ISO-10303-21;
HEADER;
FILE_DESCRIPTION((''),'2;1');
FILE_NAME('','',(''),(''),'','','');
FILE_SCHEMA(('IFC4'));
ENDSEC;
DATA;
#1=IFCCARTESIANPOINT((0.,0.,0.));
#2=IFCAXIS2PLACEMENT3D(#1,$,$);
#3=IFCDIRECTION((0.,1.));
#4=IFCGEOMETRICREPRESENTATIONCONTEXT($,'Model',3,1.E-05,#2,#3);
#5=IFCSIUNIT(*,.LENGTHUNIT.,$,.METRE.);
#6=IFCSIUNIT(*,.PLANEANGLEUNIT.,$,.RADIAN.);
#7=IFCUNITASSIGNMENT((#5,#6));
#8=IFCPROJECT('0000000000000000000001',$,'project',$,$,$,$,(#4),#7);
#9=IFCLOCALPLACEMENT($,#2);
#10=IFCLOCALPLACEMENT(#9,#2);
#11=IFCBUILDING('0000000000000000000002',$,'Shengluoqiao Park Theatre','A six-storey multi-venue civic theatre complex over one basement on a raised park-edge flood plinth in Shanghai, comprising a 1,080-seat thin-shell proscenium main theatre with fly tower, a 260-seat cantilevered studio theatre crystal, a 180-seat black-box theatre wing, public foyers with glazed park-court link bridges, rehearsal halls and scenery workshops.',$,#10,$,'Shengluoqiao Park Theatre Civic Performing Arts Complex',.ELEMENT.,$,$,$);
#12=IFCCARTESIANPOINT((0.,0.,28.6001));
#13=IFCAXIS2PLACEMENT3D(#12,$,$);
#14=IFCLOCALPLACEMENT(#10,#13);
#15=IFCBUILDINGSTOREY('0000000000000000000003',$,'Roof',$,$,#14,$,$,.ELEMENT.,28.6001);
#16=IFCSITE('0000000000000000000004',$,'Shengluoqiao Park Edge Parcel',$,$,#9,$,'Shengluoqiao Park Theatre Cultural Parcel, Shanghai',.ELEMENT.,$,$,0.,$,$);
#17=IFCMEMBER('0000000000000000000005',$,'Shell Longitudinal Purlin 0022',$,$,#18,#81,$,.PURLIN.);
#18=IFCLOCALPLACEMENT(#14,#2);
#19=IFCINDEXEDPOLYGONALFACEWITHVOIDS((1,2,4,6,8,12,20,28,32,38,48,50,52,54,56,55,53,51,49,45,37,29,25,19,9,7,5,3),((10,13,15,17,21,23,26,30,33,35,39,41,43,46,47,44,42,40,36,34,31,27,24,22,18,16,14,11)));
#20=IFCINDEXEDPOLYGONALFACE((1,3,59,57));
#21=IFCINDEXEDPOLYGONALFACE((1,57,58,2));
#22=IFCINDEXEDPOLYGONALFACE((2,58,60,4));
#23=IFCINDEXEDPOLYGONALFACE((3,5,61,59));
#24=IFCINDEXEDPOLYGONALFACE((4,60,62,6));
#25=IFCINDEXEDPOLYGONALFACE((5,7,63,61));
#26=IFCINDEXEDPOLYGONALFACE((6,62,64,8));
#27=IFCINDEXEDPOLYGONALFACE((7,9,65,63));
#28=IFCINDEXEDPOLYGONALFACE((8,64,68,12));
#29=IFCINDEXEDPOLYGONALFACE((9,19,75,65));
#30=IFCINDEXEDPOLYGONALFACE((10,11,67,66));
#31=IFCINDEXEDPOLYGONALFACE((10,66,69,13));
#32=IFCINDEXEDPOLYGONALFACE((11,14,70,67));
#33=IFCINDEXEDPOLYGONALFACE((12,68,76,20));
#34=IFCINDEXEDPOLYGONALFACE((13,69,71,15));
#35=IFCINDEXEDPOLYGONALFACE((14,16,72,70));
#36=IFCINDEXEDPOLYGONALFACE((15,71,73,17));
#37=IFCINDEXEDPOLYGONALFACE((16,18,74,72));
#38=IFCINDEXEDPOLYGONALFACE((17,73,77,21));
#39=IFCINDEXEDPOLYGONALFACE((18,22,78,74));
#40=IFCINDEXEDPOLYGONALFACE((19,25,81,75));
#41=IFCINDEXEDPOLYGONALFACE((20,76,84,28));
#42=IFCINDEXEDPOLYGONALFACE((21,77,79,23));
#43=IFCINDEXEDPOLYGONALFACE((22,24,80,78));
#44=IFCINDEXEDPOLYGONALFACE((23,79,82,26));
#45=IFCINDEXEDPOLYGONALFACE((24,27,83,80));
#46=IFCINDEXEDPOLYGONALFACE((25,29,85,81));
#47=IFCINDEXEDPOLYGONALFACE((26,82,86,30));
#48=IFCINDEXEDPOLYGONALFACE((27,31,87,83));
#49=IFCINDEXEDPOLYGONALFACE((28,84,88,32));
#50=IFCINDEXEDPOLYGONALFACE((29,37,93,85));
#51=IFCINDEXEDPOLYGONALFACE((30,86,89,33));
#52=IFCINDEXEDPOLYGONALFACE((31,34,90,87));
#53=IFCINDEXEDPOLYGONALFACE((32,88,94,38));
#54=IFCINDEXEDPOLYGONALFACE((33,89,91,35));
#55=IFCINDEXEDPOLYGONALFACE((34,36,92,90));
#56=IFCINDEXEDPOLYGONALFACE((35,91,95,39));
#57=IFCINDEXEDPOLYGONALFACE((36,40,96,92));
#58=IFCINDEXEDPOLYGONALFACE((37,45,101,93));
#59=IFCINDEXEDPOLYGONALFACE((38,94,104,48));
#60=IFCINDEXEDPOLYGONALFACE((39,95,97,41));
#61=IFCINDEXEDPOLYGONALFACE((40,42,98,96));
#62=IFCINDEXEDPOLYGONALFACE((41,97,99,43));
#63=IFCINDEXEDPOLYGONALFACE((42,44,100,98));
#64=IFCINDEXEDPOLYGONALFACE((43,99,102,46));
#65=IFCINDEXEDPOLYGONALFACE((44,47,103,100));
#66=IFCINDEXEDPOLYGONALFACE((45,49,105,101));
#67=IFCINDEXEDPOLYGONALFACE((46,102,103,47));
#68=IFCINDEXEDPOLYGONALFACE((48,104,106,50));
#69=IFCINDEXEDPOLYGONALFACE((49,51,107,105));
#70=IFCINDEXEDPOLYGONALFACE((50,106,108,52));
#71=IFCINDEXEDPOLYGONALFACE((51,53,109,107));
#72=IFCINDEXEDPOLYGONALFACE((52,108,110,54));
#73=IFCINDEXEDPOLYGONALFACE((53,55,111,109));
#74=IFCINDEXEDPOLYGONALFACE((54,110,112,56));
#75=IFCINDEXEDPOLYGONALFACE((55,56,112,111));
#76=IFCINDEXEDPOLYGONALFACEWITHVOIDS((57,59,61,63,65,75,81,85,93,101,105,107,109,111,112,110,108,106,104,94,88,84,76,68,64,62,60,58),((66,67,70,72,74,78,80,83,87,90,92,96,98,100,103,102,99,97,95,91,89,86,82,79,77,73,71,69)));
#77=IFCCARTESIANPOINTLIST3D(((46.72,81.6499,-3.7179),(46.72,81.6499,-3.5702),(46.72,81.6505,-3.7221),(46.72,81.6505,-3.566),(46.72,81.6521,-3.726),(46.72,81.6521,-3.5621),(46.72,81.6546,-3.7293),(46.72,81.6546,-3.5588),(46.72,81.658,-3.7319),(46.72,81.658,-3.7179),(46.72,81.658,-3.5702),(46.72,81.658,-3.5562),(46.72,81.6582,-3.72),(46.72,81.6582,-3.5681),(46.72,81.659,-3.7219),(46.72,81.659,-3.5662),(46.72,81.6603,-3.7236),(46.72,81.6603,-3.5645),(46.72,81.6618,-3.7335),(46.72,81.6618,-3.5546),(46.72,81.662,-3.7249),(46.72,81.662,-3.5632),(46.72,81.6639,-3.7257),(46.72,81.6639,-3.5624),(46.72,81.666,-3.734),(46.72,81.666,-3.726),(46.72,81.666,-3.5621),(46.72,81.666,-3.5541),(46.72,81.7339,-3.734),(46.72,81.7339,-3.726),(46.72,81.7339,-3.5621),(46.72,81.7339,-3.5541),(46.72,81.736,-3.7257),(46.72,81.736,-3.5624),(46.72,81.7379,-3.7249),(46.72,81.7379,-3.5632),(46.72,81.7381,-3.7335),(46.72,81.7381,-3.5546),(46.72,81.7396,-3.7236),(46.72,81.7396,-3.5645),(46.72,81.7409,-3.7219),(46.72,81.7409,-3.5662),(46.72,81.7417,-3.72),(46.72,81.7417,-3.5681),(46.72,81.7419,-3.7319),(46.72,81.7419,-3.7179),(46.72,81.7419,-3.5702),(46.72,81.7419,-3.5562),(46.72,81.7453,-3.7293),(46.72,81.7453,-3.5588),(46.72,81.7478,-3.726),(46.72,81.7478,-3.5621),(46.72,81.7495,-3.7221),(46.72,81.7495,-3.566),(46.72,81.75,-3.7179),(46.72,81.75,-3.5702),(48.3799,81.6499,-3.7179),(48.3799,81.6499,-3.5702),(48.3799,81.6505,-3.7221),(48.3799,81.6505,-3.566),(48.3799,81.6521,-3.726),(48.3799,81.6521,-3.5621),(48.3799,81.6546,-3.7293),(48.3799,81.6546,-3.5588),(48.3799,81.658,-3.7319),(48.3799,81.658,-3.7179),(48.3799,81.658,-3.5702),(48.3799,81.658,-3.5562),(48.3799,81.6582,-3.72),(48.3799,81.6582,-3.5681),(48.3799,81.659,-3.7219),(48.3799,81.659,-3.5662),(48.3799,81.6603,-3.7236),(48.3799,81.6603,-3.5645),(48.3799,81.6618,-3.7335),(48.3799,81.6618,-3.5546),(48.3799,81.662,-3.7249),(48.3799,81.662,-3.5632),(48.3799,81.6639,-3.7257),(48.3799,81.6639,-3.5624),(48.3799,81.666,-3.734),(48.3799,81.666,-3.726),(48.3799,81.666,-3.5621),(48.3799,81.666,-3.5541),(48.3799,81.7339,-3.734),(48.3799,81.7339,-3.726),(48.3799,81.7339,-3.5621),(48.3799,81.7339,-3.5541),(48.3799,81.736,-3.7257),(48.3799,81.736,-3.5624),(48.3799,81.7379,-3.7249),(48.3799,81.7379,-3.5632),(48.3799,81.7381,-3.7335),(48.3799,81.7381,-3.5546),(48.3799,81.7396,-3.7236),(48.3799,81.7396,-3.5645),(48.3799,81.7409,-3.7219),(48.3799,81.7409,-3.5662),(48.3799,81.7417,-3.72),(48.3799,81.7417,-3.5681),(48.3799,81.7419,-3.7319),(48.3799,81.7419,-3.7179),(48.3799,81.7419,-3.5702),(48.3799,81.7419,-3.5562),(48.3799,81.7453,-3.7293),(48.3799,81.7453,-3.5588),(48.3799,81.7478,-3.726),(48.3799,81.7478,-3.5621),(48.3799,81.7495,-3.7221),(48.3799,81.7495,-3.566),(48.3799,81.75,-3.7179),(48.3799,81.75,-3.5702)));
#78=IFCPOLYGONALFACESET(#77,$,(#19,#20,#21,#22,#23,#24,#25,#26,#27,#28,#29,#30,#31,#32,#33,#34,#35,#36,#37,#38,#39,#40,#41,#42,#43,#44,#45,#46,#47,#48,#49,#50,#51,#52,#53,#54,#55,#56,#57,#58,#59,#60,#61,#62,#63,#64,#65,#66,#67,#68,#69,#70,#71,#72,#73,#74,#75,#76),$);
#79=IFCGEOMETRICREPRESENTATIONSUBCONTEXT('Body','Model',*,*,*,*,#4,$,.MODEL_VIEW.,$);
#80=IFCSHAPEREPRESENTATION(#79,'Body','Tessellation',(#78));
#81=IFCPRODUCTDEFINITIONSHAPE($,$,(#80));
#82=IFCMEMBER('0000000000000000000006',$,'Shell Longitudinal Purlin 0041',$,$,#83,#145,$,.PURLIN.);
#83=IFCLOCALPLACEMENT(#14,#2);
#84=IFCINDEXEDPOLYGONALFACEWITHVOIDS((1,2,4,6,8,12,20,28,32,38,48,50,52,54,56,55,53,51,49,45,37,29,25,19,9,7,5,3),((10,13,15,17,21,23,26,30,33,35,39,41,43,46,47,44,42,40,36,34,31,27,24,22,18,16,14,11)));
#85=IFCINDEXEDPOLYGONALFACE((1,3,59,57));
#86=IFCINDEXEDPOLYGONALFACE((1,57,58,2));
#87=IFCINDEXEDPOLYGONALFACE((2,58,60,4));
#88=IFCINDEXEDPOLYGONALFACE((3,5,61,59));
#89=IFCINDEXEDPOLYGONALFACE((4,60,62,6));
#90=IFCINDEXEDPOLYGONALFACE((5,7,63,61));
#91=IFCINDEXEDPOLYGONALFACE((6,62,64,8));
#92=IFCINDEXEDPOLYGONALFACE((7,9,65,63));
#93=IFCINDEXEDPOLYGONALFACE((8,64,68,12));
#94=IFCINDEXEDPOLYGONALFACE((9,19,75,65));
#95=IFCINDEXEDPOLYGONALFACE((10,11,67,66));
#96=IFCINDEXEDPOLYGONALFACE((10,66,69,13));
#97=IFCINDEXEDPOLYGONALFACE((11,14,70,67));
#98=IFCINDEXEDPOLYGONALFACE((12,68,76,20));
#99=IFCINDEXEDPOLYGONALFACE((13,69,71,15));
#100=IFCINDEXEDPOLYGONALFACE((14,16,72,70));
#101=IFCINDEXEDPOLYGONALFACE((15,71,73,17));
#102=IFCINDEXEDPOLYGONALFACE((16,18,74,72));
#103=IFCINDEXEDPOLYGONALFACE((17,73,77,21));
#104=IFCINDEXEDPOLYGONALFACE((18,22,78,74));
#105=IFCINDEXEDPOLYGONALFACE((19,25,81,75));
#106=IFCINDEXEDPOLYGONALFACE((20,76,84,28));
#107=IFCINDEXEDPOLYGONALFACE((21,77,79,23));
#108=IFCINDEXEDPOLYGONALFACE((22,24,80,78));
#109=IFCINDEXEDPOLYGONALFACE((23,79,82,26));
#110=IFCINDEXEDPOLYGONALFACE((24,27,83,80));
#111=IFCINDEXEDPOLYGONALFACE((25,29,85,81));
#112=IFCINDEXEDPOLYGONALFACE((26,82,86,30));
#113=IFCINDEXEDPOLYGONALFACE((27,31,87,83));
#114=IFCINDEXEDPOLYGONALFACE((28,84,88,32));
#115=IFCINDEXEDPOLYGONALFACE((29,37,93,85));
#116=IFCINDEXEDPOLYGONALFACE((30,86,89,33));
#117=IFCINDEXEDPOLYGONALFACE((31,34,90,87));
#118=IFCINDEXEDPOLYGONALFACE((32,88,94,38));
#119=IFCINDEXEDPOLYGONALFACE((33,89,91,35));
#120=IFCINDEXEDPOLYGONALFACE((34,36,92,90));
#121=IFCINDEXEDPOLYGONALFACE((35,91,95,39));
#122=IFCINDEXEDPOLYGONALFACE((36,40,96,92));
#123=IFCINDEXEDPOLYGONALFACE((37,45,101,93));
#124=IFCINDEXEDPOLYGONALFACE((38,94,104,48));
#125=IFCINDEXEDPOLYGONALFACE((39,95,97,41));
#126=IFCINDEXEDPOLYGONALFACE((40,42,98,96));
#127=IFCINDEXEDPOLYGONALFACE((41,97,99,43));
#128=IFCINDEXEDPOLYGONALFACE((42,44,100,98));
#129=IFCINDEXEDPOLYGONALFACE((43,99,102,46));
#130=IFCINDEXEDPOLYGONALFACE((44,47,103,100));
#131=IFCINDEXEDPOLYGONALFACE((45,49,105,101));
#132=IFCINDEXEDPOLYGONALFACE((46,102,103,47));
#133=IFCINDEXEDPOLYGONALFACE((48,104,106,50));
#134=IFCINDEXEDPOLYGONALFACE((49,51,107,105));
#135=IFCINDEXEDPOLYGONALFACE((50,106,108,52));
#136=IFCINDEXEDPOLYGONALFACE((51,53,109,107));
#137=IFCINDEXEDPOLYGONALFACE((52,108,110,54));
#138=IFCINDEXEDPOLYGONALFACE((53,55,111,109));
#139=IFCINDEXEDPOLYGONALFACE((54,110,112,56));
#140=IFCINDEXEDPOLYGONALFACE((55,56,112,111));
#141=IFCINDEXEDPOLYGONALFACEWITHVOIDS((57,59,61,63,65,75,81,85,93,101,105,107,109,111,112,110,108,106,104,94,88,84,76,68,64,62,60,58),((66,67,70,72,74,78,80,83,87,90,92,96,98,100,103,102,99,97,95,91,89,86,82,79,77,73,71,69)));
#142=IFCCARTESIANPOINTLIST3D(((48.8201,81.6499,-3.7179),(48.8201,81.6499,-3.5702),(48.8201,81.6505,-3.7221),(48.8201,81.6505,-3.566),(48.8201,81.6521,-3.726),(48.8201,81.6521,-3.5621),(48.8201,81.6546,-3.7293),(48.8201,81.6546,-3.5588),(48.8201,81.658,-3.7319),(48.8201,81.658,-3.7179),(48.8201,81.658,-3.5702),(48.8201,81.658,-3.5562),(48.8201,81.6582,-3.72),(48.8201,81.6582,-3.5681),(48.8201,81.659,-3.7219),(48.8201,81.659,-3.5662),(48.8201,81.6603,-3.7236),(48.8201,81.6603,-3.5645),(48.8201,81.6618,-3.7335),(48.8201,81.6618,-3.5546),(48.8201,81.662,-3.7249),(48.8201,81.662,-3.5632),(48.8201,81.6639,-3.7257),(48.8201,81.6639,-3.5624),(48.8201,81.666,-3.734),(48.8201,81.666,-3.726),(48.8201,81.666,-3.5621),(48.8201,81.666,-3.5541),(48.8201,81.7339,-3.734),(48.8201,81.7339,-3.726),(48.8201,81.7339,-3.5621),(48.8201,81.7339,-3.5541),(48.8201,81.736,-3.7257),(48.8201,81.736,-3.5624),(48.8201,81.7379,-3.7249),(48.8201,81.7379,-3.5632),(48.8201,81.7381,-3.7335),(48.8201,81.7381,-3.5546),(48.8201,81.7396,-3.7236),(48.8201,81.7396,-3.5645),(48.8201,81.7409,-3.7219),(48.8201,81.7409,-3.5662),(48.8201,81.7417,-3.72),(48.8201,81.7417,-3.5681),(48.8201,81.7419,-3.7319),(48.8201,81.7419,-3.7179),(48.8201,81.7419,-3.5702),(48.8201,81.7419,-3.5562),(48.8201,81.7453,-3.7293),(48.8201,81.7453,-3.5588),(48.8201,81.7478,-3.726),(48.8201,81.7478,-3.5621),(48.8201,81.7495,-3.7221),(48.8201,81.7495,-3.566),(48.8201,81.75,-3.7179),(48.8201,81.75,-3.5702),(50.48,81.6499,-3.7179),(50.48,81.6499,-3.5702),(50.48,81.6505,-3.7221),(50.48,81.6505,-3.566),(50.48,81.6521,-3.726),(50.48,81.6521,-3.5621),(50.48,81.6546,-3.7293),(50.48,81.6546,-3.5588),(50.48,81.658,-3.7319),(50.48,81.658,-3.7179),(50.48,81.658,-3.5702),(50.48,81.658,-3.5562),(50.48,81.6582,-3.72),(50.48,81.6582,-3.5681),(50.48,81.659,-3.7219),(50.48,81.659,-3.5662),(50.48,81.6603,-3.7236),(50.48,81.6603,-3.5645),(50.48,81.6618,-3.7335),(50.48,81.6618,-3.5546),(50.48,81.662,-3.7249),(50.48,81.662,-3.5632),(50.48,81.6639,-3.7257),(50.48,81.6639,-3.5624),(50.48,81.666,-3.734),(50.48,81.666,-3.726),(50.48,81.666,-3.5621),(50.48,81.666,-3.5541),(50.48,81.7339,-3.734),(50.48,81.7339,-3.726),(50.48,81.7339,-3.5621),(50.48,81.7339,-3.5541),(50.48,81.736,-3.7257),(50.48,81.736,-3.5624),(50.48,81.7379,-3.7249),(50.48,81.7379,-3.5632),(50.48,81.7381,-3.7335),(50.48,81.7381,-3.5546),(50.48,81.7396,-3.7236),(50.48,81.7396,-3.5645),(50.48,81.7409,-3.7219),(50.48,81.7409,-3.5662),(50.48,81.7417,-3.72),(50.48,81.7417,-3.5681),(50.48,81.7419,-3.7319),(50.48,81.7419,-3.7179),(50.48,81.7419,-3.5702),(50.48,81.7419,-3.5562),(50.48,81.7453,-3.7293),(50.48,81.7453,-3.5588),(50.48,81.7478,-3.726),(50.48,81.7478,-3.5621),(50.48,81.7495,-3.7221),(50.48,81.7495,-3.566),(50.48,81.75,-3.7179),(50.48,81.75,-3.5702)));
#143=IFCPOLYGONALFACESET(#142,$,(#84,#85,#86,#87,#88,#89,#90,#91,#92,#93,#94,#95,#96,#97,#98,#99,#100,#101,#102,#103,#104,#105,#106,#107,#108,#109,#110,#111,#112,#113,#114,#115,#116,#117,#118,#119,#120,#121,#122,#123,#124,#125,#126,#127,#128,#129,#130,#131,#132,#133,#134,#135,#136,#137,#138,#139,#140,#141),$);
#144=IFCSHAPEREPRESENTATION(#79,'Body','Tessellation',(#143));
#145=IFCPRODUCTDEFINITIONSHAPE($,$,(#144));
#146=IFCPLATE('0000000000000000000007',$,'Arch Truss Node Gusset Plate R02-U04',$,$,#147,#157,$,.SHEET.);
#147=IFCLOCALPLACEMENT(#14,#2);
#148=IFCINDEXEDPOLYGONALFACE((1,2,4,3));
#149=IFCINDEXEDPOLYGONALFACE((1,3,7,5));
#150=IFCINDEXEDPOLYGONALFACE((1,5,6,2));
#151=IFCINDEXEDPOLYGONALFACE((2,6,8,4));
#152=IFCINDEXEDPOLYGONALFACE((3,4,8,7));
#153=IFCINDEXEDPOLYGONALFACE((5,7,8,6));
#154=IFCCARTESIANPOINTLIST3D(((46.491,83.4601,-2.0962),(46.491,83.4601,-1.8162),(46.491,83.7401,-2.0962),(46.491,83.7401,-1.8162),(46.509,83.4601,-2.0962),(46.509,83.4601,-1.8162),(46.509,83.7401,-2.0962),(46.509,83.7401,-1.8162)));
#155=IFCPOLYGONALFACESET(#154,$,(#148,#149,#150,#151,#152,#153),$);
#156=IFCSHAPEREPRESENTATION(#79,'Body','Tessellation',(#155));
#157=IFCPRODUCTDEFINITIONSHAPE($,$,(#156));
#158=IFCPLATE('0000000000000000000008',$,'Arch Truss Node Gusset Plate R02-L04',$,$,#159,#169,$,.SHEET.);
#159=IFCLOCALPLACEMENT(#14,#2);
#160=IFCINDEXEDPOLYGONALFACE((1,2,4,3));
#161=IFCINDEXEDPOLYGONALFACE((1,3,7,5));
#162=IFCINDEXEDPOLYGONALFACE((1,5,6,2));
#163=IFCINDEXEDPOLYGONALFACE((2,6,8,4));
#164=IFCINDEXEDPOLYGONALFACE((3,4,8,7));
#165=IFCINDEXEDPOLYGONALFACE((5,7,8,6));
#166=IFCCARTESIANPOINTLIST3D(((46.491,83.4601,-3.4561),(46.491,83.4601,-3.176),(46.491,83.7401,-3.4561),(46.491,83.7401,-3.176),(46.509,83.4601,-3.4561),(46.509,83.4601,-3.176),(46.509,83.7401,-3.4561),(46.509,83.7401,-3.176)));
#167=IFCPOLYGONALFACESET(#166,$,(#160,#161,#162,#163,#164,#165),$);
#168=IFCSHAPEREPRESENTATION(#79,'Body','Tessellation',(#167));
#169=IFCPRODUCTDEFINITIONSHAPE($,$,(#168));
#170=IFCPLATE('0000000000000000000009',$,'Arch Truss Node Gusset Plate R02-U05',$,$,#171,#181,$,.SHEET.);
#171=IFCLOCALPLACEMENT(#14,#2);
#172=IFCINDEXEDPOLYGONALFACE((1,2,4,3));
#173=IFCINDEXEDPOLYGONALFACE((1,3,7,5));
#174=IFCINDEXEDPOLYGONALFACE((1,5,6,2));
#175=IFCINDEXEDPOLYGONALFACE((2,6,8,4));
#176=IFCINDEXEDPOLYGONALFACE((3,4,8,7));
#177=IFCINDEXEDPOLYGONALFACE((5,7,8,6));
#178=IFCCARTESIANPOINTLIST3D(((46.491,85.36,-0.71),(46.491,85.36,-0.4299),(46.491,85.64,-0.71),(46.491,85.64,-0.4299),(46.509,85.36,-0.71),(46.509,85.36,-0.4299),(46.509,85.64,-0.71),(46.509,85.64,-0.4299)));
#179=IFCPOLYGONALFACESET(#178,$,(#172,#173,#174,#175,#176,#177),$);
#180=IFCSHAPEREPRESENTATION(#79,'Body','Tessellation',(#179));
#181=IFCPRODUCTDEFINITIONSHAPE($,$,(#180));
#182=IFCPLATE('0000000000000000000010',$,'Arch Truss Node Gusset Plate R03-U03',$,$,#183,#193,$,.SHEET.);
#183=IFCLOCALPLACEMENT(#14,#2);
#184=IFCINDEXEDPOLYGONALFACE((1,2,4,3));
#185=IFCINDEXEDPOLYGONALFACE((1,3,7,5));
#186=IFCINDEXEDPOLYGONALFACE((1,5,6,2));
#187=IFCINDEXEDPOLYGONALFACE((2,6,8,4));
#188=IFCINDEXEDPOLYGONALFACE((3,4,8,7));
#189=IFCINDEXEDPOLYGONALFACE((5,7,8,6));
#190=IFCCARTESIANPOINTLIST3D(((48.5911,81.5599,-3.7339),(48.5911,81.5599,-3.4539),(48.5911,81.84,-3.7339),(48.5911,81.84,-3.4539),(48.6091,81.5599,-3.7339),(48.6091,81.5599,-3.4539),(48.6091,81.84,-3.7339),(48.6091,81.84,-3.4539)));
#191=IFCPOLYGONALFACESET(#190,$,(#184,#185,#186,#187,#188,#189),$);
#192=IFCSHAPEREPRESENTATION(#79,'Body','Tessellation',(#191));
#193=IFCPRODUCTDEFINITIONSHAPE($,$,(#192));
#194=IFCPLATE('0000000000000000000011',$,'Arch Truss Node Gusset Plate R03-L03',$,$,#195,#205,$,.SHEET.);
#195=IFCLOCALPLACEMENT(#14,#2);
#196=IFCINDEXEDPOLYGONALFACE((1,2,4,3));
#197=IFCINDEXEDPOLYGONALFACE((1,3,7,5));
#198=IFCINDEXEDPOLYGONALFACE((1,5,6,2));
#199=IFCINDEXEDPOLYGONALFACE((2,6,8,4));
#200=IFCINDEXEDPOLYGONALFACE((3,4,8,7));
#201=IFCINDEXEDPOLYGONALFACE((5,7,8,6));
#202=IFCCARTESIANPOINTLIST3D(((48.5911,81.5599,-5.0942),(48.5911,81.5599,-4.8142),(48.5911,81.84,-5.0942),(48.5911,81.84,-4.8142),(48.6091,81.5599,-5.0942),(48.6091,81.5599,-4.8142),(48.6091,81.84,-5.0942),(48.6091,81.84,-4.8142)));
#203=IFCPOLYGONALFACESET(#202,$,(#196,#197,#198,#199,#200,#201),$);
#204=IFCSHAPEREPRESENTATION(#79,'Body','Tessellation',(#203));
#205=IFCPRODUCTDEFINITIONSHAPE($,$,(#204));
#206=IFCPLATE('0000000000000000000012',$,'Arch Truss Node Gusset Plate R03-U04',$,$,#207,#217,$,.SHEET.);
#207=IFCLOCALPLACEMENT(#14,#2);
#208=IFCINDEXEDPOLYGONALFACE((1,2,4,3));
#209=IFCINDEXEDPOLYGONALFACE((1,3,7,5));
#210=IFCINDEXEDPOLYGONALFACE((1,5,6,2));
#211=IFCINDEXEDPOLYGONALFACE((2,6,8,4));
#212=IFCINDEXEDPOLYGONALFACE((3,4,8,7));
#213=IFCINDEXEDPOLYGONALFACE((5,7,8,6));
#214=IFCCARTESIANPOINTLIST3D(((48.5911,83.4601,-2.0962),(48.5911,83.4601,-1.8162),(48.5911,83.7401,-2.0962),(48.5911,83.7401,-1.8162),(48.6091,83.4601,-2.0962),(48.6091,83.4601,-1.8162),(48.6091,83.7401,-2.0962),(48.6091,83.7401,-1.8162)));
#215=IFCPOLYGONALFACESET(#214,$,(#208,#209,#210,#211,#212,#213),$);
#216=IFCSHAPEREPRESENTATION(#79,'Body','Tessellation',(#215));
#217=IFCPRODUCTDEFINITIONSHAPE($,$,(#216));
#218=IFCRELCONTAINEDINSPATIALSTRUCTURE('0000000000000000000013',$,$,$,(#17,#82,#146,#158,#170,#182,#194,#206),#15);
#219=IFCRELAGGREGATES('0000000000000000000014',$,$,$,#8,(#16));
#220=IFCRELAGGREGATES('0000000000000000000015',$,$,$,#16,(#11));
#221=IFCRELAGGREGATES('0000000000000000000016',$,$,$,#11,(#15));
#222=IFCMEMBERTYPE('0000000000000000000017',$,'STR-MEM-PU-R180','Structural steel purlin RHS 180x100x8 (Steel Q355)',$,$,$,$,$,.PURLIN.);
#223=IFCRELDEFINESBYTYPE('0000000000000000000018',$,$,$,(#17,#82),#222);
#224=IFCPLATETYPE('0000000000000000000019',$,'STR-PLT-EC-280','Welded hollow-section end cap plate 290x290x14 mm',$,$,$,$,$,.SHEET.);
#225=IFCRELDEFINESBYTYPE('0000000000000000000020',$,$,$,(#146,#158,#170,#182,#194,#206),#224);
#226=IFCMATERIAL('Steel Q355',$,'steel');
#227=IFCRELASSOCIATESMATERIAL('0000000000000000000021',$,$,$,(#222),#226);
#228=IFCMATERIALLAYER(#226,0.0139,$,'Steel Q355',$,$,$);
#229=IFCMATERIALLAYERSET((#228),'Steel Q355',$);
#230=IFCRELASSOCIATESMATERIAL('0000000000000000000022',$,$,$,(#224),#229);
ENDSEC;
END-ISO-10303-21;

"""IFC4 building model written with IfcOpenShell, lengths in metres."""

from ifc_helpers import new_model, si_unit, direction, frame, origin, origin_2d, place, context, subcontext, project, spatial, rectangle, hollow_rectangle, extrude, material, layer, layer_set, material_profile, profile_set, type_object, element, save


model = new_model("IFC4")

# Units and contexts
model_context = context("Model", 3, precision=1e-05, world=origin(), true_north=direction((0.0, 1.0)))
body_context = subcontext(model_context, "Body", "Model", "MODEL_VIEW")
ifc_project = project(units=[si_unit("LENGTHUNIT", "METRE"), si_unit("PLANEANGLEUNIT", "RADIAN")], contexts=[model_context])

# Site, building, storey
site_placement = place(None, origin())
site = spatial("IfcSite", under=ifc_project, at=site_placement, Name="Shengluoqiao Park Edge Parcel", LongName="Shengluoqiao Park Theatre Cultural Parcel, Shanghai", CompositionType="ELEMENT", RefElevation=0.0)
building_placement = place(site_placement, origin())
building = spatial("IfcBuilding", under=site, at=building_placement, Name="Shengluoqiao Park Theatre", Description="A six-storey multi-venue civic theatre complex over one basement on a raised park-edge flood plinth in Shanghai, comprising a 1,080-seat thin-shell proscenium main theatre with fly tower, a 260-seat cantilevered studio theatre crystal, a 180-seat black-box theatre wing, public foyers with glazed park-court link bridges, rehearsal halls and scenery workshops.", LongName="Shengluoqiao Park Theatre Civic Performing Arts Complex", CompositionType="ELEMENT")
storey_placement = place(building_placement, frame((0.0, 0.0, 28.6001)))
storey = spatial("IfcBuildingStorey", under=building, at=storey_placement, Name="Roof", CompositionType="ELEMENT", Elevation=28.6001)

# Shared definitions
ifc_material_1 = material(Name="Steel Q355", Category="steel")

# Members
ifc_material_profile_1 = material_profile(ifc_material_1, hollow_rectangle(XDim=0.1001, YDim=0.1799, WallThickness=0.0081, InnerFilletRadius=0.0081, OuterFilletRadius=0.0161, at=origin_2d()), Name="RHS 180x100x8")
ifc_profile_set_1 = profile_set([ifc_material_profile_1], Name="Steel Q355")
member_type_1 = type_object("IfcMemberType", Name="STR-MEM-PU-R180", Description="Structural steel purlin RHS 180x100x8 (Steel Q355)", PredefinedType="PURLIN", material=ifc_profile_set_1)
for number, where, z_axis, x_axis, name in (
    (1, (46.72, 81.7, -3.644), (1.0, 0.0, 0.0), (0.0, 1.0, 0.0), "Shell Longitudinal Purlin 0022"),
    (2, (48.8201, 81.7, -3.644), (1.0, 0.0, 0.0), (0.0, 1.0, 0.0), "Shell Longitudinal Purlin 0041"),
):
    element("IfcMember", number, at=place(storey_placement, frame(where, z_axis=z_axis, x_axis=x_axis)), inside=storey, type_object=member_type_1, Name=name, PredefinedType="PURLIN", context=body_context, shape_type="SweptSolid", body=[
        extrude(hollow_rectangle(XDim=0.1001, YDim=0.1799, WallThickness=0.0081, InnerFilletRadius=0.0081, OuterFilletRadius=0.0161, at=origin_2d()), origin(), (0.0, 0.0, 1.0), 1.6599),
    ])

# Plates
ifc_layer_1 = layer(ifc_material_1, 0.0139, Name="Steel Q355")
ifc_layer_set_1 = layer_set([ifc_layer_1], Name="Steel Q355")
plate_type_1 = type_object("IfcPlateType", Name="STR-PLT-EC-280", Description="Welded hollow-section end cap plate 290x290x14 mm", PredefinedType="SHEET", material=ifc_layer_set_1)
for number, where, z_axis, x_axis, name in (
    (3, (46.5, 83.6001, -2.0962), (0.0, 0.0, 1.0), (1.0, 0.0, 0.0), "Arch Truss Node Gusset Plate R02-U04"),
    (4, (46.5, 83.6001, -3.4561), (0.0, 0.0, 1.0), (1.0, 0.0, 0.0), "Arch Truss Node Gusset Plate R02-L04"),
    (5, (46.5, 85.5, -0.71), (0.0, 0.0, 1.0), (1.0, 0.0, 0.0), "Arch Truss Node Gusset Plate R02-U05"),
    (6, (48.6001, 81.7, -3.7339), (0.0, 0.0, 1.0), (1.0, 0.0, 0.0), "Arch Truss Node Gusset Plate R03-U03"),
    (7, (48.6001, 81.7, -5.0942), (0.0, 0.0, 1.0), (1.0, 0.0, 0.0), "Arch Truss Node Gusset Plate R03-L03"),
    (8, (48.6001, 83.6001, -2.0962), (0.0, 0.0, 1.0), (1.0, 0.0, 0.0), "Arch Truss Node Gusset Plate R03-U04"),
):
    element("IfcPlate", number, at=place(storey_placement, frame(where, z_axis=z_axis, x_axis=x_axis)), inside=storey, type_object=plate_type_1, Name=name, PredefinedType="SHEET", context=body_context, shape_type="SweptSolid", body=[
        extrude(rectangle(XDim=0.0181, YDim=0.28, at=origin_2d()), origin(), (0.0, 0.0, 1.0), 0.28),
    ])

save(model, "model.ifc")
